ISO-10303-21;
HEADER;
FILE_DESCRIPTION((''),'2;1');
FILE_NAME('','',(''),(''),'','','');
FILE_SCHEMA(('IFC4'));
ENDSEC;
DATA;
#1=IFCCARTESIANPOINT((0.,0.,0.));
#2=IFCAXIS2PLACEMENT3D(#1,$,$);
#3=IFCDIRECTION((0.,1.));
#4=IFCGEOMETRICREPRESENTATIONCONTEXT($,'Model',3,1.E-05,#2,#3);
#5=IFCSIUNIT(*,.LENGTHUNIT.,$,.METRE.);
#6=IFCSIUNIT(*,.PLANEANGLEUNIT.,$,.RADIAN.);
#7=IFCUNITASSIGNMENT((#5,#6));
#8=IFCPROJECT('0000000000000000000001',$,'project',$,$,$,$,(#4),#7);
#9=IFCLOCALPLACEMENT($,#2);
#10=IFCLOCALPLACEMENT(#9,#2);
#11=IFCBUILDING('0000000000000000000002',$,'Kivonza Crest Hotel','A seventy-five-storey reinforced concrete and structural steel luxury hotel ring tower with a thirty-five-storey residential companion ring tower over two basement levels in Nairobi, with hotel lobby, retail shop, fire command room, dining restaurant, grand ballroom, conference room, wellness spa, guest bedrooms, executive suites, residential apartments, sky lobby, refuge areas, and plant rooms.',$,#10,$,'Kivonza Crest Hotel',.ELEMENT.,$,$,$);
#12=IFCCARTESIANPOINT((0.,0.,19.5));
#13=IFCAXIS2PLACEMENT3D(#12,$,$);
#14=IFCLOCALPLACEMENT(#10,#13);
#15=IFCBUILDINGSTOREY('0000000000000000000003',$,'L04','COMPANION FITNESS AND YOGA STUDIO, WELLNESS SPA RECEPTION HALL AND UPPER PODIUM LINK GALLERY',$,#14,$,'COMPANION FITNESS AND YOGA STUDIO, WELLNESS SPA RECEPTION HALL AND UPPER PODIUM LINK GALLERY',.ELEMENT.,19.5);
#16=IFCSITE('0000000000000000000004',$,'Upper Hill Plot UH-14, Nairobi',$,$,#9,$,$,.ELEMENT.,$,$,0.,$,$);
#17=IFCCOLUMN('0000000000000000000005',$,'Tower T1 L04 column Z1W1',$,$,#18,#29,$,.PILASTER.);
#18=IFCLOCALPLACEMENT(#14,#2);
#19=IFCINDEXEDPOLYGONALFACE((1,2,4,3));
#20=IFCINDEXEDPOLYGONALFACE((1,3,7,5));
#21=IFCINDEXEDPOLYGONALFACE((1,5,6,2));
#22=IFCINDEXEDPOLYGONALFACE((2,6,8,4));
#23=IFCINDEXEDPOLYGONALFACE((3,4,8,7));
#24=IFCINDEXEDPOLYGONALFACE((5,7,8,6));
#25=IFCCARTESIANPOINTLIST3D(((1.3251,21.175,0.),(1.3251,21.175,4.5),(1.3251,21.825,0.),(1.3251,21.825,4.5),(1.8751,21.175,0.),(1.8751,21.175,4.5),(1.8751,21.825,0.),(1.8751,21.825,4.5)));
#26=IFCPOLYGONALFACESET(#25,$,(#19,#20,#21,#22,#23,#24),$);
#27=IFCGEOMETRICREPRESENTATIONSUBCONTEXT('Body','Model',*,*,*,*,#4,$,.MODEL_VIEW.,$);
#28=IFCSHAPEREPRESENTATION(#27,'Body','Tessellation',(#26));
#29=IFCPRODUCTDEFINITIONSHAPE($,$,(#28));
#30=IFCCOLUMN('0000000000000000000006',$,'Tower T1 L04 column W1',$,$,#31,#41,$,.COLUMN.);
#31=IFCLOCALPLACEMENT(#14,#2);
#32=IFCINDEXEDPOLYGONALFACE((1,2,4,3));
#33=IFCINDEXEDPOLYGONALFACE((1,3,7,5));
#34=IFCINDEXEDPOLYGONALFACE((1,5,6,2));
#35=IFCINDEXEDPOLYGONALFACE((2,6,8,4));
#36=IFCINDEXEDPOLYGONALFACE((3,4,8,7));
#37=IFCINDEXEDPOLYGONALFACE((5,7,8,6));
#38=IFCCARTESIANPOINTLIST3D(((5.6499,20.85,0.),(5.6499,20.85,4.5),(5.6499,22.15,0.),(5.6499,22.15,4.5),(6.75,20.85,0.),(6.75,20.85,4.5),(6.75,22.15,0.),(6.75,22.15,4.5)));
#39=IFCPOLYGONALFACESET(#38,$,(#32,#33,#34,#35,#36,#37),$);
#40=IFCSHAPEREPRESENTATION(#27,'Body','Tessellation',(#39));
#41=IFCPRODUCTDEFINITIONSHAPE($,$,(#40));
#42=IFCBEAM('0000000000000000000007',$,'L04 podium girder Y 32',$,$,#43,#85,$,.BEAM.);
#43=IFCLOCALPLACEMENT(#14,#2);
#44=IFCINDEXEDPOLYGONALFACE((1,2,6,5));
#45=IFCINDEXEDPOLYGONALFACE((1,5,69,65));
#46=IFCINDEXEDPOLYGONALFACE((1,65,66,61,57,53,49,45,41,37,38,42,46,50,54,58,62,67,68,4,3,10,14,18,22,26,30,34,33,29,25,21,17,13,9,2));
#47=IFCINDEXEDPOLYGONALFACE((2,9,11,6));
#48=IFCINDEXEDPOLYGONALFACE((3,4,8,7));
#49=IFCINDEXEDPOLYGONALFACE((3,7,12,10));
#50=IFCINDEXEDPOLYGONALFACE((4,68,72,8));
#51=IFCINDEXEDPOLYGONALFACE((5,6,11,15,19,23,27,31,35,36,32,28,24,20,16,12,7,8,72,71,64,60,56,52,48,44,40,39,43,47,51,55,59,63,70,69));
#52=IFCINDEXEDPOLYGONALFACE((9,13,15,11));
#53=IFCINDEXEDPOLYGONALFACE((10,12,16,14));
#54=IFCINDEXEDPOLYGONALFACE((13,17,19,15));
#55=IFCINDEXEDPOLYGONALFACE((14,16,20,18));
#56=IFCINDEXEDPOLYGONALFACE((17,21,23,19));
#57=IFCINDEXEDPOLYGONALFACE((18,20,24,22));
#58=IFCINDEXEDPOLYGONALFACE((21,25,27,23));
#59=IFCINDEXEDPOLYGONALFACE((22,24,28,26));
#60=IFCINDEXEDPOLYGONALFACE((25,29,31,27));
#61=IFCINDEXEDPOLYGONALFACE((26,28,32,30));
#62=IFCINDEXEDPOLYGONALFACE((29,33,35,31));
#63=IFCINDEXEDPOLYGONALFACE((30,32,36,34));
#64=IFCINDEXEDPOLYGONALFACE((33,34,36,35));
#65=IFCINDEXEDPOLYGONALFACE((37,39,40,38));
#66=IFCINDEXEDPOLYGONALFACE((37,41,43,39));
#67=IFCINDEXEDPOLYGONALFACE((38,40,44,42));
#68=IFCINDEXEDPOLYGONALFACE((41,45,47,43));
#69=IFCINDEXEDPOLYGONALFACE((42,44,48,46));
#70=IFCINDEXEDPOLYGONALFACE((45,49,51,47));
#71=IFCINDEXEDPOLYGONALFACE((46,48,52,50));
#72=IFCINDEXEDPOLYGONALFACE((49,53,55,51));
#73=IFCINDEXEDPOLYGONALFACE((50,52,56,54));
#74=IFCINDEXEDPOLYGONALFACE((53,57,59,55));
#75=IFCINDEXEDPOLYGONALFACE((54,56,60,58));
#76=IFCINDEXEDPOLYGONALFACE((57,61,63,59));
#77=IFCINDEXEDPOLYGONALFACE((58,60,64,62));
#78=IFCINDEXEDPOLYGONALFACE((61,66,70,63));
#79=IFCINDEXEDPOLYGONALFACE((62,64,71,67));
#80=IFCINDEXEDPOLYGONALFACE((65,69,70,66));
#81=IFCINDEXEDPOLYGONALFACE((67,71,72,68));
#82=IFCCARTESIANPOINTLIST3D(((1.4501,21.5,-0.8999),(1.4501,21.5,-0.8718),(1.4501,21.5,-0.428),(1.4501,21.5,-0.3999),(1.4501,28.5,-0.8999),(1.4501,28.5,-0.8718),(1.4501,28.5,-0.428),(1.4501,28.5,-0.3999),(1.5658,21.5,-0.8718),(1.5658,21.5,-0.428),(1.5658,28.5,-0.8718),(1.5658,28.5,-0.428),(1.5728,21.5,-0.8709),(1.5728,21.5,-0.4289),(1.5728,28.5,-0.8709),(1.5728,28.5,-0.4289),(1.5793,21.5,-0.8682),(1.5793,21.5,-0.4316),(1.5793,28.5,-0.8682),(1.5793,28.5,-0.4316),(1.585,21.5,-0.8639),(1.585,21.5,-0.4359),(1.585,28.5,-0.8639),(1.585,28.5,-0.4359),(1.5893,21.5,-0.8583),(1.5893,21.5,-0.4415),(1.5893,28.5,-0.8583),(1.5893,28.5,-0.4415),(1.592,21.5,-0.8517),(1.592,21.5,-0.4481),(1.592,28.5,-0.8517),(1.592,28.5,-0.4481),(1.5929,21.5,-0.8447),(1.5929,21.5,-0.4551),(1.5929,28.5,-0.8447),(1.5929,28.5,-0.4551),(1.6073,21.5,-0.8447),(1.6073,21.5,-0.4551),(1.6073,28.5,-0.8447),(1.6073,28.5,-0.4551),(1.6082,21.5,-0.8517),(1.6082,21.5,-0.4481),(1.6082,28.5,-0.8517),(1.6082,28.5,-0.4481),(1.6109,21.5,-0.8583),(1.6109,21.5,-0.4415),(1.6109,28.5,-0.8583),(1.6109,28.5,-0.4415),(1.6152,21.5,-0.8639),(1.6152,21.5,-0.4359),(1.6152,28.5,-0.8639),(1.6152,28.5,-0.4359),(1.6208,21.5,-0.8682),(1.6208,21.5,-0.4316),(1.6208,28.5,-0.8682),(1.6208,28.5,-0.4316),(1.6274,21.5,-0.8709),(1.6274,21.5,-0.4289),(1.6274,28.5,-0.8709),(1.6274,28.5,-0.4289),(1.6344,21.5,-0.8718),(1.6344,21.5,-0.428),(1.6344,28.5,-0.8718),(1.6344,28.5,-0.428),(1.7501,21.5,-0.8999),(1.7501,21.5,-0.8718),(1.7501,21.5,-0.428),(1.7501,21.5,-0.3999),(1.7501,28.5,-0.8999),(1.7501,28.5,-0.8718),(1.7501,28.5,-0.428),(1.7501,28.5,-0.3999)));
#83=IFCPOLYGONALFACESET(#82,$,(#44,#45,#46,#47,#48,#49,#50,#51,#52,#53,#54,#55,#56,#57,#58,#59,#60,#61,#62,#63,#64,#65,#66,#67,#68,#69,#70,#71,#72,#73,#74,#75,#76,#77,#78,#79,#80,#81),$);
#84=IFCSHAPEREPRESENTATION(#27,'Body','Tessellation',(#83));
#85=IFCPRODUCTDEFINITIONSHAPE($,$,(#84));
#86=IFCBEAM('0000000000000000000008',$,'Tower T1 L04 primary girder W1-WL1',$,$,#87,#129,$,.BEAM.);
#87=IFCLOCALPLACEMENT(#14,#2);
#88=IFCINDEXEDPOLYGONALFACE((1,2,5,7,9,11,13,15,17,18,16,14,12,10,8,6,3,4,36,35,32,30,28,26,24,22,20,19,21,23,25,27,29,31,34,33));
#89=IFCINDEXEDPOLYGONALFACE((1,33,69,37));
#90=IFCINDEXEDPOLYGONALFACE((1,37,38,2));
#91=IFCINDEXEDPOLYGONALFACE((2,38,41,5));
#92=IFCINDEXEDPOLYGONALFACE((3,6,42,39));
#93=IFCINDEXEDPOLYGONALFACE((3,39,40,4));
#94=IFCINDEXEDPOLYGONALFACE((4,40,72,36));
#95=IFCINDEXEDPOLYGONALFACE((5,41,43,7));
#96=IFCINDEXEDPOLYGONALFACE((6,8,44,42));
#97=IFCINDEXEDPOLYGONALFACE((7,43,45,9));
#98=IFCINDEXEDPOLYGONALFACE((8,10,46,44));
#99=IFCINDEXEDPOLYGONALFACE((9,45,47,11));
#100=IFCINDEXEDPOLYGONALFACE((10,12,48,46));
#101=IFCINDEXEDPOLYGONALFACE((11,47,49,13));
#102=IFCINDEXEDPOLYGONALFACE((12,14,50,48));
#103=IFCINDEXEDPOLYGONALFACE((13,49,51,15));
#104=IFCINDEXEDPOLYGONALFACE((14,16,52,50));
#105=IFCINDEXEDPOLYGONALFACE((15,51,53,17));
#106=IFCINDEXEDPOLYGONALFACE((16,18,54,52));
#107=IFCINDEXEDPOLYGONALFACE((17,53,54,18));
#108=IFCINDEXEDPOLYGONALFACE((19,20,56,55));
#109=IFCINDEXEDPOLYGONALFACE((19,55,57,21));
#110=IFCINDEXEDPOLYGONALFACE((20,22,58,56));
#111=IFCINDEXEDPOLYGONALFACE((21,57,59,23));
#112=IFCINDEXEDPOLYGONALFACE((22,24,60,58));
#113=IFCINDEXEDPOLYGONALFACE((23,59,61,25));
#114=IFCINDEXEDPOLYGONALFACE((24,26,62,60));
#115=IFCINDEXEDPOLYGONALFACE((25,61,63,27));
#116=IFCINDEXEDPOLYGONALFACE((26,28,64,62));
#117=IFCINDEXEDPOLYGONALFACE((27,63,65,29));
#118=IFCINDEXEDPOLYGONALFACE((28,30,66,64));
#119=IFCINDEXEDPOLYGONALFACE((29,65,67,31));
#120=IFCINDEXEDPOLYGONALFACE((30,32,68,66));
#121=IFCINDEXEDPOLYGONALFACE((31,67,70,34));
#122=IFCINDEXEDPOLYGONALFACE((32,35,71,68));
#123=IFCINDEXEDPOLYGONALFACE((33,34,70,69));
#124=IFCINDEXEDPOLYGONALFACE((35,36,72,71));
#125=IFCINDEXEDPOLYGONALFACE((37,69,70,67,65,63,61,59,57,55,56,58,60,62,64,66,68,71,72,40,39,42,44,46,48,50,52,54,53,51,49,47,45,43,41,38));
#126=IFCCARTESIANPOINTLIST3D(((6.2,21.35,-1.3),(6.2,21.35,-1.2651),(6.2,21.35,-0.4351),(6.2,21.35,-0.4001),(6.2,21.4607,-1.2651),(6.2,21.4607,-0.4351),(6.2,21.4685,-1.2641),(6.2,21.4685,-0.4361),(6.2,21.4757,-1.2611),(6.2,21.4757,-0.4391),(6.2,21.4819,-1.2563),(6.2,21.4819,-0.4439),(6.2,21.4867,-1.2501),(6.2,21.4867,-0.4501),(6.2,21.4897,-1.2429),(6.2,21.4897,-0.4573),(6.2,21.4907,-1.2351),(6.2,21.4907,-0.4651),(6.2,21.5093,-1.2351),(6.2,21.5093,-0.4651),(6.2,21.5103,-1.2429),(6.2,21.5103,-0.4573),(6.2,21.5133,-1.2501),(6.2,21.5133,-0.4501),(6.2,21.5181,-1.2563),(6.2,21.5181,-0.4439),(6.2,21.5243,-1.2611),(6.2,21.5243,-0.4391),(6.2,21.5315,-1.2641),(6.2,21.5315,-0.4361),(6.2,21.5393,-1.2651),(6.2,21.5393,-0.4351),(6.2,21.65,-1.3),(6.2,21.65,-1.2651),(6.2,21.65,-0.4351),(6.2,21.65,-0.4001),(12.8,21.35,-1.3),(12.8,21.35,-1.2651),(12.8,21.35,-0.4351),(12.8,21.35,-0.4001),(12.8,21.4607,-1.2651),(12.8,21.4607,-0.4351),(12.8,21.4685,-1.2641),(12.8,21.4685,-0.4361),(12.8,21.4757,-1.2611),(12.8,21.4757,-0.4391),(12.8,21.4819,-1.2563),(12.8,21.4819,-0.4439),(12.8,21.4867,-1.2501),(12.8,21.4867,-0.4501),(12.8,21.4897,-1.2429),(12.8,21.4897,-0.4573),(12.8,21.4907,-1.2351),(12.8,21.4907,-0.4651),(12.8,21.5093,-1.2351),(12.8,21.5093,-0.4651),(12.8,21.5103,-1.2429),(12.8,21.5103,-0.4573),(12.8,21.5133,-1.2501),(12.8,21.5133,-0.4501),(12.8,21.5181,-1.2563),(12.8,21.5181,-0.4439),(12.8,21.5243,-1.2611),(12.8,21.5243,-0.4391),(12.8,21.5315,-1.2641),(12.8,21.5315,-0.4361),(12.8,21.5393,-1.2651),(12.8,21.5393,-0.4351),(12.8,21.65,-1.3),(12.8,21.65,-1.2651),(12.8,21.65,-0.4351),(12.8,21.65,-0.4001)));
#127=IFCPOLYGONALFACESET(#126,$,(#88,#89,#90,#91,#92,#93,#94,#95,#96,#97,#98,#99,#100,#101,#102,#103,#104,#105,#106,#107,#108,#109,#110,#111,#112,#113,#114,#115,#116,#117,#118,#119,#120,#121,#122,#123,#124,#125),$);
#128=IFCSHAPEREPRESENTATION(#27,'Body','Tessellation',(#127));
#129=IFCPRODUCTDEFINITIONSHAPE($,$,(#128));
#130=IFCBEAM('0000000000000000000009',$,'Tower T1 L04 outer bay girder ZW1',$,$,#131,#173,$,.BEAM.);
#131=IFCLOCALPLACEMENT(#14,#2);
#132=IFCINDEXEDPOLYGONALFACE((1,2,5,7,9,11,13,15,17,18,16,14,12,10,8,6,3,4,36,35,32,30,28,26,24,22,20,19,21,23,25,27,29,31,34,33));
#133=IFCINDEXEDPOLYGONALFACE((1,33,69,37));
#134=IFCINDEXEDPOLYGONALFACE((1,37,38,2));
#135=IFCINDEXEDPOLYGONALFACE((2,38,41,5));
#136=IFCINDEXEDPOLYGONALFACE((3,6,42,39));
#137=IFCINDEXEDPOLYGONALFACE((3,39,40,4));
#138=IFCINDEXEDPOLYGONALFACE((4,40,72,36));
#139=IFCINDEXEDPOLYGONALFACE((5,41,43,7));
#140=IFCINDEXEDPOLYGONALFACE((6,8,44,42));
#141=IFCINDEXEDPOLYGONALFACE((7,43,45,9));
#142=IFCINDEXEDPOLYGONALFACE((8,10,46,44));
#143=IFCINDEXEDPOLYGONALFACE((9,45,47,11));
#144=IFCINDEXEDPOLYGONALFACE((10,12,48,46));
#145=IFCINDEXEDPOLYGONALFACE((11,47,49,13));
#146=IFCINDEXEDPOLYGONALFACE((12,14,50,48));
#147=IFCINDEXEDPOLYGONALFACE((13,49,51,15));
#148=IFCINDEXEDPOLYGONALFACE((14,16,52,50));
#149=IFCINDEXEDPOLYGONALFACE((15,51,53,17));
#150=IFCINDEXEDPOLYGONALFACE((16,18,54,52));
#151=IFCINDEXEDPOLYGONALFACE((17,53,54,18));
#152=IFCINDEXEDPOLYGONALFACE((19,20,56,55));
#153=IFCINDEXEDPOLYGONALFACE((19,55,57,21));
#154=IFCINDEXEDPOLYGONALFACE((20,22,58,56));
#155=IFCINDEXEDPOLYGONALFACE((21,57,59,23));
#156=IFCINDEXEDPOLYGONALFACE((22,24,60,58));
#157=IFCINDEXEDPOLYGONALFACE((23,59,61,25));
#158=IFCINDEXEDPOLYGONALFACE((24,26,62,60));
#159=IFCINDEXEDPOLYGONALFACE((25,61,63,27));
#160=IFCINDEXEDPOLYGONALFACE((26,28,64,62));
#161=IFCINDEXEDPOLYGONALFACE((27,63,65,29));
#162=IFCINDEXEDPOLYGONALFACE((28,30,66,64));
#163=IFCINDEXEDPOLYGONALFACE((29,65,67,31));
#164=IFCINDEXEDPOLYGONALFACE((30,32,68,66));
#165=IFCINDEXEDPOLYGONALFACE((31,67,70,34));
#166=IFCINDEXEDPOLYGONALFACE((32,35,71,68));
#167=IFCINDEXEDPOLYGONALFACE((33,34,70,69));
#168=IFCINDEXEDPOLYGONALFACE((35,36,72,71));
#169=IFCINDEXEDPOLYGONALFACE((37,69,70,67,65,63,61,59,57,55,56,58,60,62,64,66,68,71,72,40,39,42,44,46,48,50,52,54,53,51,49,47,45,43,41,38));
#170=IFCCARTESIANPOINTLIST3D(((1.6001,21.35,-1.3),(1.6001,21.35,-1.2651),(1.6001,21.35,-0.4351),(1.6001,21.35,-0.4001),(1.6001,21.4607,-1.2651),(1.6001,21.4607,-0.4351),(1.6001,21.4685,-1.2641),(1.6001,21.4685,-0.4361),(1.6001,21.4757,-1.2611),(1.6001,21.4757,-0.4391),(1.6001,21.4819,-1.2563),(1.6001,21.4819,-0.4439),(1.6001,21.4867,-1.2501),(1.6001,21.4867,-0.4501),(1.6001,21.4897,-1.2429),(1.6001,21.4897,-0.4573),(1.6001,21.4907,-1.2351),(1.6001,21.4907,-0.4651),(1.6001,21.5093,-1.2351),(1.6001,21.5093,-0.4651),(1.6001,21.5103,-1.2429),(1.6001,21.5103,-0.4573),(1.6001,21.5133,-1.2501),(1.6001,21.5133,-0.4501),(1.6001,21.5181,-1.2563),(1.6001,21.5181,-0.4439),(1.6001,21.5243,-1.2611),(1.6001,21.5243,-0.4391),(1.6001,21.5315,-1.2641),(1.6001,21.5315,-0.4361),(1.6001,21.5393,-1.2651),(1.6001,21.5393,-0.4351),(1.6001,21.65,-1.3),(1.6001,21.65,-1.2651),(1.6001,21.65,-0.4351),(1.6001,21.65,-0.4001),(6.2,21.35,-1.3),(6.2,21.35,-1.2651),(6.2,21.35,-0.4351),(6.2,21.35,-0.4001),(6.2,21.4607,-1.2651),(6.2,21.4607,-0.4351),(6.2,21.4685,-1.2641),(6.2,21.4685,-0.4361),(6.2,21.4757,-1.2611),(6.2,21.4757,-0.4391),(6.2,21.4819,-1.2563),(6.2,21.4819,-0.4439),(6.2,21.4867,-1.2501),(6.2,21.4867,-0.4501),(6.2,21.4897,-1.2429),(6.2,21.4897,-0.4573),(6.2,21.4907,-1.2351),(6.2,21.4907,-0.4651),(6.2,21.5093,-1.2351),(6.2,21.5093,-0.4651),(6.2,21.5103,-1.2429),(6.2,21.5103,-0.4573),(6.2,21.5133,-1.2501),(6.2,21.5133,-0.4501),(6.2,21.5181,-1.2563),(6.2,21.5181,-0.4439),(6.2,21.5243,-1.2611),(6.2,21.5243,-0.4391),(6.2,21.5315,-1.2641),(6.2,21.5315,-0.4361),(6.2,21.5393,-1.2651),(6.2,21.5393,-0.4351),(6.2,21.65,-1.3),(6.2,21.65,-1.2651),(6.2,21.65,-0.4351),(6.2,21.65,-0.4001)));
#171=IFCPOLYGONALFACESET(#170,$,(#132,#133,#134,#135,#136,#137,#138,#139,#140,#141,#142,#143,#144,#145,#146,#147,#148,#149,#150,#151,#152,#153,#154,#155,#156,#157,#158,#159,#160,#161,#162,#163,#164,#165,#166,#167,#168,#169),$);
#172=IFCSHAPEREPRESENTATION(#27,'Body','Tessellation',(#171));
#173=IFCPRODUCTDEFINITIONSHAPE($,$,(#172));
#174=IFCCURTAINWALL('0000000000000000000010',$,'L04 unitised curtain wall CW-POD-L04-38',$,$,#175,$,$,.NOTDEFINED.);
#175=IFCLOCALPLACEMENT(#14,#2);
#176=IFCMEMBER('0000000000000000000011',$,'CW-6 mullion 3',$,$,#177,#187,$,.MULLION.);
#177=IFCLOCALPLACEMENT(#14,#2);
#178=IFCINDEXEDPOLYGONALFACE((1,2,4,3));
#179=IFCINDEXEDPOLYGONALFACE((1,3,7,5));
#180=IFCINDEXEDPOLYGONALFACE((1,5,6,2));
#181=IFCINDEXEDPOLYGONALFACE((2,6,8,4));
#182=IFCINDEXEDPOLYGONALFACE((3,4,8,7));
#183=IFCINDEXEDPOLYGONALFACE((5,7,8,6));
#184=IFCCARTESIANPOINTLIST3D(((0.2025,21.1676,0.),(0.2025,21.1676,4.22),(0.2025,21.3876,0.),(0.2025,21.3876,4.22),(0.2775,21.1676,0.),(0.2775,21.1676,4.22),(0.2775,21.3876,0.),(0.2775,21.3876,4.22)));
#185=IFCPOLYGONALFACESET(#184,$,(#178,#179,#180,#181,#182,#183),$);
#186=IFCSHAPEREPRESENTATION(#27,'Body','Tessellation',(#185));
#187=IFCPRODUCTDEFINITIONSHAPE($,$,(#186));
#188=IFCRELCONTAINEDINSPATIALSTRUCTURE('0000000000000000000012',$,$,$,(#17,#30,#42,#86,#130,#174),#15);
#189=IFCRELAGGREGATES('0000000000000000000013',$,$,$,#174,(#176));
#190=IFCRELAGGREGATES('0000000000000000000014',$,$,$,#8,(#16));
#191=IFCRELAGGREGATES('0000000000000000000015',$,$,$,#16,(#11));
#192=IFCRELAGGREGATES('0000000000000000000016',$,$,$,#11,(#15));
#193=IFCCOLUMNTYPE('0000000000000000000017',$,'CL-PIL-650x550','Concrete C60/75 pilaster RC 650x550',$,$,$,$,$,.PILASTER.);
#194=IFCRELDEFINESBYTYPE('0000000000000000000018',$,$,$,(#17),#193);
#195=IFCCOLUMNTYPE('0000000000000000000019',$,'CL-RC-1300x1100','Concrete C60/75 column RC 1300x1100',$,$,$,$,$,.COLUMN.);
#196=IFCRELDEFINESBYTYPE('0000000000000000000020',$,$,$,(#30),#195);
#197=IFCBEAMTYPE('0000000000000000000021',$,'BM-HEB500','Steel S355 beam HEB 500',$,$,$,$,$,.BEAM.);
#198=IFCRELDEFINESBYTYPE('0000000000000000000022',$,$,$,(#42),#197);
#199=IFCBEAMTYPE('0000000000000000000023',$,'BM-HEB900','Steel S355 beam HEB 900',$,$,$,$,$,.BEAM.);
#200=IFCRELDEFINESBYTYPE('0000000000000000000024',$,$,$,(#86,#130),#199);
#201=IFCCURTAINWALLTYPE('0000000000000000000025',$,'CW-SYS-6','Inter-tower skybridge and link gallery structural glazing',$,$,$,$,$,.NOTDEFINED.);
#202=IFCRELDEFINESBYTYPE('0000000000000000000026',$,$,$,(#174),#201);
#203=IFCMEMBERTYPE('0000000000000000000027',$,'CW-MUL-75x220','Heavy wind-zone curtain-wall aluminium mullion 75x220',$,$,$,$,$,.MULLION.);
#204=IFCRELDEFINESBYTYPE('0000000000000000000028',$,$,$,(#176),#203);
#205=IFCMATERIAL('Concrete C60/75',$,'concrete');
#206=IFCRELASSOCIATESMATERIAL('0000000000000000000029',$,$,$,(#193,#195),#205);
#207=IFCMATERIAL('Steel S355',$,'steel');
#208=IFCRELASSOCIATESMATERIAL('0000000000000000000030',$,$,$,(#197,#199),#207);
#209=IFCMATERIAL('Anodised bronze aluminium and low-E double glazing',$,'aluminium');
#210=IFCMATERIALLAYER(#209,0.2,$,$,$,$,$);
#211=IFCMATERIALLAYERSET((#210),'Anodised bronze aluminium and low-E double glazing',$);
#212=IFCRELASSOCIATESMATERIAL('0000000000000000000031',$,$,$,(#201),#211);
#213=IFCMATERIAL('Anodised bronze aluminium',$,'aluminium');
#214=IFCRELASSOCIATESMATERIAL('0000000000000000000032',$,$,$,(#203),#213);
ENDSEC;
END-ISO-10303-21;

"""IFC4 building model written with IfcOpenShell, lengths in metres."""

from ifc_helpers import new_model, si_unit, direction, frame, origin, origin_2d, place, context, subcontext, project, spatial, rectangle, i_section, extrude, material, layer, layer_set, material_profile, profile_set, type_object, element, aggregate, save


model = new_model("IFC4")

# Units and contexts
model_context = context("Model", 3, precision=1e-05, world=origin(), true_north=direction((0.0, 1.0)))
body_context = subcontext(model_context, "Body", "Model", "MODEL_VIEW")
ifc_project = project(units=[si_unit("LENGTHUNIT", "METRE"), si_unit("PLANEANGLEUNIT", "RADIAN")], contexts=[model_context])

# Site, building, storey
site_placement = place(None, origin())
site = spatial("IfcSite", under=ifc_project, at=site_placement, Name="Upper Hill Plot UH-14, Nairobi", CompositionType="ELEMENT", RefElevation=0.0)
building_placement = place(site_placement, origin())
building = spatial("IfcBuilding", under=site, at=building_placement, Name="Kivonza Crest Hotel", Description="A seventy-five-storey reinforced concrete and structural steel luxury hotel ring tower with a thirty-five-storey residential companion ring tower over two basement levels in Nairobi, with hotel lobby, retail shop, fire command room, dining restaurant, grand ballroom, conference room, wellness spa, guest bedrooms, executive suites, residential apartments, sky lobby, refuge areas, and plant rooms.", LongName="Kivonza Crest Hotel", CompositionType="ELEMENT")
storey_placement = place(building_placement, frame((0.0, 0.0, 19.5)))
storey = spatial("IfcBuildingStorey", under=building, at=storey_placement, Name="L04", Description="COMPANION FITNESS AND YOGA STUDIO, WELLNESS SPA RECEPTION HALL AND UPPER PODIUM LINK GALLERY", LongName="COMPANION FITNESS AND YOGA STUDIO, WELLNESS SPA RECEPTION HALL AND UPPER PODIUM LINK GALLERY", CompositionType="ELEMENT", Elevation=19.5)

# Columns
ifc_material_1 = material(Name="Concrete C60/75", Category="concrete")
ifc_material_profile_1 = material_profile(ifc_material_1, rectangle(XDim=0.55, YDim=0.6499, at=origin_2d()), Name="RC 650x550")
ifc_profile_set_1 = profile_set([ifc_material_profile_1], Name="Concrete C60/75")
column_type_1 = type_object("IfcColumnType", Name="CL-PIL-650x550", Description="Concrete C60/75 pilaster RC 650x550", PredefinedType="PILASTER", material=ifc_profile_set_1)
column_1_placement = place(storey_placement, frame((1.6001, 21.5, 0.0), z_axis=(0.0, 0.0, 1.0), x_axis=(1.0, 0.0, 0.0)))
element("IfcColumn", 1, at=column_1_placement, inside=storey, type_object=column_type_1, Name="Tower T1 L04 column Z1W1", PredefinedType="PILASTER", context=body_context, shape_type="SweptSolid", body=[
    extrude(rectangle(XDim=0.55, YDim=0.6499, at=origin_2d()), origin(), (0.0, 0.0, 1.0), 4.5),
])
ifc_material_profile_2 = material_profile(ifc_material_1, rectangle(XDim=1.1001, YDim=1.3, at=origin_2d()), Name="RC 1300x1100")
ifc_profile_set_2 = profile_set([ifc_material_profile_2], Name="Concrete C60/75")
column_type_2 = type_object("IfcColumnType", Name="CL-RC-1300x1100", Description="Concrete C60/75 column RC 1300x1100", PredefinedType="COLUMN", material=ifc_profile_set_2)
column_2_placement = place(storey_placement, frame((6.2, 21.5, 0.0), z_axis=(0.0, 0.0, 1.0), x_axis=(1.0, 0.0, 0.0)))
element("IfcColumn", 2, at=column_2_placement, inside=storey, type_object=column_type_2, Name="Tower T1 L04 column W1", PredefinedType="COLUMN", context=body_context, shape_type="SweptSolid", body=[
    extrude(rectangle(XDim=1.1001, YDim=1.3, at=origin_2d()), origin(), (0.0, 0.0, 1.0), 4.5),
])

# Beams
ifc_material_2 = material(Name="Steel S355", Category="steel")
ifc_material_profile_3 = material_profile(ifc_material_2, i_section(OverallWidth=0.3, OverallDepth=0.5, WebThickness=0.0144, FlangeThickness=0.0281, FilletRadius=0.0271, at=origin_2d()), Name="HEB 500")
ifc_profile_set_3 = profile_set([ifc_material_profile_3], Name="Steel S355")
beam_type_1 = type_object("IfcBeamType", Name="BM-HEB500", Description="Steel S355 beam HEB 500", PredefinedType="BEAM", material=ifc_profile_set_3)
beam_1_placement = place(storey_placement, frame((1.6001, 21.5, -0.6499), z_axis=(0.0, 1.0, 0.0), x_axis=(-1.0, 0.0, 0.0)))
element("IfcBeam", 3, at=beam_1_placement, inside=storey, type_object=beam_type_1, Name="L04 podium girder Y 32", PredefinedType="BEAM", context=body_context, shape_type="SweptSolid", body=[
    extrude(i_section(OverallWidth=0.3, OverallDepth=0.5, WebThickness=0.0144, FlangeThickness=0.0281, FilletRadius=0.0271, at=origin_2d()), origin(), (0.0, 0.0, 1.0), 7.0),
])
ifc_material_profile_4 = material_profile(ifc_material_2, i_section(OverallWidth=0.3, OverallDepth=0.8999, WebThickness=0.0186, FlangeThickness=0.0349, FilletRadius=0.03, at=origin_2d()), Name="HEB 900")
ifc_profile_set_4 = profile_set([ifc_material_profile_4], Name="Steel S355")
beam_type_2 = type_object("IfcBeamType", Name="BM-HEB900", Description="Steel S355 beam HEB 900", PredefinedType="BEAM", material=ifc_profile_set_4)
beam_2_placement = place(storey_placement, frame((6.2, 21.5, -0.8501), z_axis=(1.0, 0.0, 0.0), x_axis=(0.0, 1.0, 0.0)))
element("IfcBeam", 4, at=beam_2_placement, inside=storey, type_object=beam_type_2, Name="Tower T1 L04 primary girder W1-WL1", PredefinedType="BEAM", context=body_context, shape_type="SweptSolid", body=[
    extrude(i_section(OverallWidth=0.3, OverallDepth=0.8999, WebThickness=0.0186, FlangeThickness=0.0349, FilletRadius=0.03, at=origin_2d()), origin(), (0.0, 0.0, 1.0), 6.6001),
])
beam_3_placement = place(storey_placement, frame((1.6001, 21.5, -0.8501), z_axis=(1.0, 0.0, 0.0), x_axis=(0.0, 1.0, 0.0)))
element("IfcBeam", 5, at=beam_3_placement, inside=storey, type_object=beam_type_2, Name="Tower T1 L04 outer bay girder ZW1", PredefinedType="BEAM", context=body_context, shape_type="SweptSolid", body=[
    extrude(i_section(OverallWidth=0.3, OverallDepth=0.8999, WebThickness=0.0186, FlangeThickness=0.0349, FilletRadius=0.03, at=origin_2d()), origin(), (0.0, 0.0, 1.0), 4.5999),
])

# Curtain wall, member
ifc_material_3 = material(Name="Anodised bronze aluminium and low-E double glazing", Category="aluminium")
ifc_layer_1 = layer(ifc_material_3, 0.2)
ifc_layer_set_1 = layer_set([ifc_layer_1], Name="Anodised bronze aluminium and low-E double glazing")
curtain_wall_type = type_object("IfcCurtainWallType", Name="CW-SYS-6", Description="Inter-tower skybridge and link gallery structural glazing", PredefinedType="NOTDEFINED", material=ifc_layer_set_1)
curtain_wall_1_placement = place(storey_placement, origin())
curtain_wall_1 = element("IfcCurtainWall", 6, at=curtain_wall_1_placement, inside=storey, type_object=curtain_wall_type, Name="L04 unitised curtain wall CW-POD-L04-38", PredefinedType="NOTDEFINED")
ifc_material_4 = material(Name="Anodised bronze aluminium", Category="aluminium")
ifc_material_profile_5 = material_profile(ifc_material_4, rectangle(XDim=0.075, YDim=0.22, at=origin_2d()), Name="CW-M 75x220")
ifc_profile_set_5 = profile_set([ifc_material_profile_5], Name="Anodised bronze aluminium")
member_type_1 = type_object("IfcMemberType", Name="CW-MUL-75x220", Description="Heavy wind-zone curtain-wall aluminium mullion 75x220", PredefinedType="MULLION", material=ifc_profile_set_5)
member_1_placement = place(storey_placement, frame((0.24, 21.2776, 0.0), z_axis=(0.0, 0.0, 1.0), x_axis=(1.0, 0.0, 0.0)))
member_1 = element("IfcMember", 7, at=member_1_placement, type_object=member_type_1, Name="CW-6 mullion 3", PredefinedType="MULLION", context=body_context, shape_type="SweptSolid", body=[
    extrude(rectangle(XDim=0.075, YDim=0.22, at=origin_2d()), origin(), (0.0, 0.0, 1.0), 4.22),
])
aggregate(curtain_wall_1, [member_1])

save(model, "model.ifc")
